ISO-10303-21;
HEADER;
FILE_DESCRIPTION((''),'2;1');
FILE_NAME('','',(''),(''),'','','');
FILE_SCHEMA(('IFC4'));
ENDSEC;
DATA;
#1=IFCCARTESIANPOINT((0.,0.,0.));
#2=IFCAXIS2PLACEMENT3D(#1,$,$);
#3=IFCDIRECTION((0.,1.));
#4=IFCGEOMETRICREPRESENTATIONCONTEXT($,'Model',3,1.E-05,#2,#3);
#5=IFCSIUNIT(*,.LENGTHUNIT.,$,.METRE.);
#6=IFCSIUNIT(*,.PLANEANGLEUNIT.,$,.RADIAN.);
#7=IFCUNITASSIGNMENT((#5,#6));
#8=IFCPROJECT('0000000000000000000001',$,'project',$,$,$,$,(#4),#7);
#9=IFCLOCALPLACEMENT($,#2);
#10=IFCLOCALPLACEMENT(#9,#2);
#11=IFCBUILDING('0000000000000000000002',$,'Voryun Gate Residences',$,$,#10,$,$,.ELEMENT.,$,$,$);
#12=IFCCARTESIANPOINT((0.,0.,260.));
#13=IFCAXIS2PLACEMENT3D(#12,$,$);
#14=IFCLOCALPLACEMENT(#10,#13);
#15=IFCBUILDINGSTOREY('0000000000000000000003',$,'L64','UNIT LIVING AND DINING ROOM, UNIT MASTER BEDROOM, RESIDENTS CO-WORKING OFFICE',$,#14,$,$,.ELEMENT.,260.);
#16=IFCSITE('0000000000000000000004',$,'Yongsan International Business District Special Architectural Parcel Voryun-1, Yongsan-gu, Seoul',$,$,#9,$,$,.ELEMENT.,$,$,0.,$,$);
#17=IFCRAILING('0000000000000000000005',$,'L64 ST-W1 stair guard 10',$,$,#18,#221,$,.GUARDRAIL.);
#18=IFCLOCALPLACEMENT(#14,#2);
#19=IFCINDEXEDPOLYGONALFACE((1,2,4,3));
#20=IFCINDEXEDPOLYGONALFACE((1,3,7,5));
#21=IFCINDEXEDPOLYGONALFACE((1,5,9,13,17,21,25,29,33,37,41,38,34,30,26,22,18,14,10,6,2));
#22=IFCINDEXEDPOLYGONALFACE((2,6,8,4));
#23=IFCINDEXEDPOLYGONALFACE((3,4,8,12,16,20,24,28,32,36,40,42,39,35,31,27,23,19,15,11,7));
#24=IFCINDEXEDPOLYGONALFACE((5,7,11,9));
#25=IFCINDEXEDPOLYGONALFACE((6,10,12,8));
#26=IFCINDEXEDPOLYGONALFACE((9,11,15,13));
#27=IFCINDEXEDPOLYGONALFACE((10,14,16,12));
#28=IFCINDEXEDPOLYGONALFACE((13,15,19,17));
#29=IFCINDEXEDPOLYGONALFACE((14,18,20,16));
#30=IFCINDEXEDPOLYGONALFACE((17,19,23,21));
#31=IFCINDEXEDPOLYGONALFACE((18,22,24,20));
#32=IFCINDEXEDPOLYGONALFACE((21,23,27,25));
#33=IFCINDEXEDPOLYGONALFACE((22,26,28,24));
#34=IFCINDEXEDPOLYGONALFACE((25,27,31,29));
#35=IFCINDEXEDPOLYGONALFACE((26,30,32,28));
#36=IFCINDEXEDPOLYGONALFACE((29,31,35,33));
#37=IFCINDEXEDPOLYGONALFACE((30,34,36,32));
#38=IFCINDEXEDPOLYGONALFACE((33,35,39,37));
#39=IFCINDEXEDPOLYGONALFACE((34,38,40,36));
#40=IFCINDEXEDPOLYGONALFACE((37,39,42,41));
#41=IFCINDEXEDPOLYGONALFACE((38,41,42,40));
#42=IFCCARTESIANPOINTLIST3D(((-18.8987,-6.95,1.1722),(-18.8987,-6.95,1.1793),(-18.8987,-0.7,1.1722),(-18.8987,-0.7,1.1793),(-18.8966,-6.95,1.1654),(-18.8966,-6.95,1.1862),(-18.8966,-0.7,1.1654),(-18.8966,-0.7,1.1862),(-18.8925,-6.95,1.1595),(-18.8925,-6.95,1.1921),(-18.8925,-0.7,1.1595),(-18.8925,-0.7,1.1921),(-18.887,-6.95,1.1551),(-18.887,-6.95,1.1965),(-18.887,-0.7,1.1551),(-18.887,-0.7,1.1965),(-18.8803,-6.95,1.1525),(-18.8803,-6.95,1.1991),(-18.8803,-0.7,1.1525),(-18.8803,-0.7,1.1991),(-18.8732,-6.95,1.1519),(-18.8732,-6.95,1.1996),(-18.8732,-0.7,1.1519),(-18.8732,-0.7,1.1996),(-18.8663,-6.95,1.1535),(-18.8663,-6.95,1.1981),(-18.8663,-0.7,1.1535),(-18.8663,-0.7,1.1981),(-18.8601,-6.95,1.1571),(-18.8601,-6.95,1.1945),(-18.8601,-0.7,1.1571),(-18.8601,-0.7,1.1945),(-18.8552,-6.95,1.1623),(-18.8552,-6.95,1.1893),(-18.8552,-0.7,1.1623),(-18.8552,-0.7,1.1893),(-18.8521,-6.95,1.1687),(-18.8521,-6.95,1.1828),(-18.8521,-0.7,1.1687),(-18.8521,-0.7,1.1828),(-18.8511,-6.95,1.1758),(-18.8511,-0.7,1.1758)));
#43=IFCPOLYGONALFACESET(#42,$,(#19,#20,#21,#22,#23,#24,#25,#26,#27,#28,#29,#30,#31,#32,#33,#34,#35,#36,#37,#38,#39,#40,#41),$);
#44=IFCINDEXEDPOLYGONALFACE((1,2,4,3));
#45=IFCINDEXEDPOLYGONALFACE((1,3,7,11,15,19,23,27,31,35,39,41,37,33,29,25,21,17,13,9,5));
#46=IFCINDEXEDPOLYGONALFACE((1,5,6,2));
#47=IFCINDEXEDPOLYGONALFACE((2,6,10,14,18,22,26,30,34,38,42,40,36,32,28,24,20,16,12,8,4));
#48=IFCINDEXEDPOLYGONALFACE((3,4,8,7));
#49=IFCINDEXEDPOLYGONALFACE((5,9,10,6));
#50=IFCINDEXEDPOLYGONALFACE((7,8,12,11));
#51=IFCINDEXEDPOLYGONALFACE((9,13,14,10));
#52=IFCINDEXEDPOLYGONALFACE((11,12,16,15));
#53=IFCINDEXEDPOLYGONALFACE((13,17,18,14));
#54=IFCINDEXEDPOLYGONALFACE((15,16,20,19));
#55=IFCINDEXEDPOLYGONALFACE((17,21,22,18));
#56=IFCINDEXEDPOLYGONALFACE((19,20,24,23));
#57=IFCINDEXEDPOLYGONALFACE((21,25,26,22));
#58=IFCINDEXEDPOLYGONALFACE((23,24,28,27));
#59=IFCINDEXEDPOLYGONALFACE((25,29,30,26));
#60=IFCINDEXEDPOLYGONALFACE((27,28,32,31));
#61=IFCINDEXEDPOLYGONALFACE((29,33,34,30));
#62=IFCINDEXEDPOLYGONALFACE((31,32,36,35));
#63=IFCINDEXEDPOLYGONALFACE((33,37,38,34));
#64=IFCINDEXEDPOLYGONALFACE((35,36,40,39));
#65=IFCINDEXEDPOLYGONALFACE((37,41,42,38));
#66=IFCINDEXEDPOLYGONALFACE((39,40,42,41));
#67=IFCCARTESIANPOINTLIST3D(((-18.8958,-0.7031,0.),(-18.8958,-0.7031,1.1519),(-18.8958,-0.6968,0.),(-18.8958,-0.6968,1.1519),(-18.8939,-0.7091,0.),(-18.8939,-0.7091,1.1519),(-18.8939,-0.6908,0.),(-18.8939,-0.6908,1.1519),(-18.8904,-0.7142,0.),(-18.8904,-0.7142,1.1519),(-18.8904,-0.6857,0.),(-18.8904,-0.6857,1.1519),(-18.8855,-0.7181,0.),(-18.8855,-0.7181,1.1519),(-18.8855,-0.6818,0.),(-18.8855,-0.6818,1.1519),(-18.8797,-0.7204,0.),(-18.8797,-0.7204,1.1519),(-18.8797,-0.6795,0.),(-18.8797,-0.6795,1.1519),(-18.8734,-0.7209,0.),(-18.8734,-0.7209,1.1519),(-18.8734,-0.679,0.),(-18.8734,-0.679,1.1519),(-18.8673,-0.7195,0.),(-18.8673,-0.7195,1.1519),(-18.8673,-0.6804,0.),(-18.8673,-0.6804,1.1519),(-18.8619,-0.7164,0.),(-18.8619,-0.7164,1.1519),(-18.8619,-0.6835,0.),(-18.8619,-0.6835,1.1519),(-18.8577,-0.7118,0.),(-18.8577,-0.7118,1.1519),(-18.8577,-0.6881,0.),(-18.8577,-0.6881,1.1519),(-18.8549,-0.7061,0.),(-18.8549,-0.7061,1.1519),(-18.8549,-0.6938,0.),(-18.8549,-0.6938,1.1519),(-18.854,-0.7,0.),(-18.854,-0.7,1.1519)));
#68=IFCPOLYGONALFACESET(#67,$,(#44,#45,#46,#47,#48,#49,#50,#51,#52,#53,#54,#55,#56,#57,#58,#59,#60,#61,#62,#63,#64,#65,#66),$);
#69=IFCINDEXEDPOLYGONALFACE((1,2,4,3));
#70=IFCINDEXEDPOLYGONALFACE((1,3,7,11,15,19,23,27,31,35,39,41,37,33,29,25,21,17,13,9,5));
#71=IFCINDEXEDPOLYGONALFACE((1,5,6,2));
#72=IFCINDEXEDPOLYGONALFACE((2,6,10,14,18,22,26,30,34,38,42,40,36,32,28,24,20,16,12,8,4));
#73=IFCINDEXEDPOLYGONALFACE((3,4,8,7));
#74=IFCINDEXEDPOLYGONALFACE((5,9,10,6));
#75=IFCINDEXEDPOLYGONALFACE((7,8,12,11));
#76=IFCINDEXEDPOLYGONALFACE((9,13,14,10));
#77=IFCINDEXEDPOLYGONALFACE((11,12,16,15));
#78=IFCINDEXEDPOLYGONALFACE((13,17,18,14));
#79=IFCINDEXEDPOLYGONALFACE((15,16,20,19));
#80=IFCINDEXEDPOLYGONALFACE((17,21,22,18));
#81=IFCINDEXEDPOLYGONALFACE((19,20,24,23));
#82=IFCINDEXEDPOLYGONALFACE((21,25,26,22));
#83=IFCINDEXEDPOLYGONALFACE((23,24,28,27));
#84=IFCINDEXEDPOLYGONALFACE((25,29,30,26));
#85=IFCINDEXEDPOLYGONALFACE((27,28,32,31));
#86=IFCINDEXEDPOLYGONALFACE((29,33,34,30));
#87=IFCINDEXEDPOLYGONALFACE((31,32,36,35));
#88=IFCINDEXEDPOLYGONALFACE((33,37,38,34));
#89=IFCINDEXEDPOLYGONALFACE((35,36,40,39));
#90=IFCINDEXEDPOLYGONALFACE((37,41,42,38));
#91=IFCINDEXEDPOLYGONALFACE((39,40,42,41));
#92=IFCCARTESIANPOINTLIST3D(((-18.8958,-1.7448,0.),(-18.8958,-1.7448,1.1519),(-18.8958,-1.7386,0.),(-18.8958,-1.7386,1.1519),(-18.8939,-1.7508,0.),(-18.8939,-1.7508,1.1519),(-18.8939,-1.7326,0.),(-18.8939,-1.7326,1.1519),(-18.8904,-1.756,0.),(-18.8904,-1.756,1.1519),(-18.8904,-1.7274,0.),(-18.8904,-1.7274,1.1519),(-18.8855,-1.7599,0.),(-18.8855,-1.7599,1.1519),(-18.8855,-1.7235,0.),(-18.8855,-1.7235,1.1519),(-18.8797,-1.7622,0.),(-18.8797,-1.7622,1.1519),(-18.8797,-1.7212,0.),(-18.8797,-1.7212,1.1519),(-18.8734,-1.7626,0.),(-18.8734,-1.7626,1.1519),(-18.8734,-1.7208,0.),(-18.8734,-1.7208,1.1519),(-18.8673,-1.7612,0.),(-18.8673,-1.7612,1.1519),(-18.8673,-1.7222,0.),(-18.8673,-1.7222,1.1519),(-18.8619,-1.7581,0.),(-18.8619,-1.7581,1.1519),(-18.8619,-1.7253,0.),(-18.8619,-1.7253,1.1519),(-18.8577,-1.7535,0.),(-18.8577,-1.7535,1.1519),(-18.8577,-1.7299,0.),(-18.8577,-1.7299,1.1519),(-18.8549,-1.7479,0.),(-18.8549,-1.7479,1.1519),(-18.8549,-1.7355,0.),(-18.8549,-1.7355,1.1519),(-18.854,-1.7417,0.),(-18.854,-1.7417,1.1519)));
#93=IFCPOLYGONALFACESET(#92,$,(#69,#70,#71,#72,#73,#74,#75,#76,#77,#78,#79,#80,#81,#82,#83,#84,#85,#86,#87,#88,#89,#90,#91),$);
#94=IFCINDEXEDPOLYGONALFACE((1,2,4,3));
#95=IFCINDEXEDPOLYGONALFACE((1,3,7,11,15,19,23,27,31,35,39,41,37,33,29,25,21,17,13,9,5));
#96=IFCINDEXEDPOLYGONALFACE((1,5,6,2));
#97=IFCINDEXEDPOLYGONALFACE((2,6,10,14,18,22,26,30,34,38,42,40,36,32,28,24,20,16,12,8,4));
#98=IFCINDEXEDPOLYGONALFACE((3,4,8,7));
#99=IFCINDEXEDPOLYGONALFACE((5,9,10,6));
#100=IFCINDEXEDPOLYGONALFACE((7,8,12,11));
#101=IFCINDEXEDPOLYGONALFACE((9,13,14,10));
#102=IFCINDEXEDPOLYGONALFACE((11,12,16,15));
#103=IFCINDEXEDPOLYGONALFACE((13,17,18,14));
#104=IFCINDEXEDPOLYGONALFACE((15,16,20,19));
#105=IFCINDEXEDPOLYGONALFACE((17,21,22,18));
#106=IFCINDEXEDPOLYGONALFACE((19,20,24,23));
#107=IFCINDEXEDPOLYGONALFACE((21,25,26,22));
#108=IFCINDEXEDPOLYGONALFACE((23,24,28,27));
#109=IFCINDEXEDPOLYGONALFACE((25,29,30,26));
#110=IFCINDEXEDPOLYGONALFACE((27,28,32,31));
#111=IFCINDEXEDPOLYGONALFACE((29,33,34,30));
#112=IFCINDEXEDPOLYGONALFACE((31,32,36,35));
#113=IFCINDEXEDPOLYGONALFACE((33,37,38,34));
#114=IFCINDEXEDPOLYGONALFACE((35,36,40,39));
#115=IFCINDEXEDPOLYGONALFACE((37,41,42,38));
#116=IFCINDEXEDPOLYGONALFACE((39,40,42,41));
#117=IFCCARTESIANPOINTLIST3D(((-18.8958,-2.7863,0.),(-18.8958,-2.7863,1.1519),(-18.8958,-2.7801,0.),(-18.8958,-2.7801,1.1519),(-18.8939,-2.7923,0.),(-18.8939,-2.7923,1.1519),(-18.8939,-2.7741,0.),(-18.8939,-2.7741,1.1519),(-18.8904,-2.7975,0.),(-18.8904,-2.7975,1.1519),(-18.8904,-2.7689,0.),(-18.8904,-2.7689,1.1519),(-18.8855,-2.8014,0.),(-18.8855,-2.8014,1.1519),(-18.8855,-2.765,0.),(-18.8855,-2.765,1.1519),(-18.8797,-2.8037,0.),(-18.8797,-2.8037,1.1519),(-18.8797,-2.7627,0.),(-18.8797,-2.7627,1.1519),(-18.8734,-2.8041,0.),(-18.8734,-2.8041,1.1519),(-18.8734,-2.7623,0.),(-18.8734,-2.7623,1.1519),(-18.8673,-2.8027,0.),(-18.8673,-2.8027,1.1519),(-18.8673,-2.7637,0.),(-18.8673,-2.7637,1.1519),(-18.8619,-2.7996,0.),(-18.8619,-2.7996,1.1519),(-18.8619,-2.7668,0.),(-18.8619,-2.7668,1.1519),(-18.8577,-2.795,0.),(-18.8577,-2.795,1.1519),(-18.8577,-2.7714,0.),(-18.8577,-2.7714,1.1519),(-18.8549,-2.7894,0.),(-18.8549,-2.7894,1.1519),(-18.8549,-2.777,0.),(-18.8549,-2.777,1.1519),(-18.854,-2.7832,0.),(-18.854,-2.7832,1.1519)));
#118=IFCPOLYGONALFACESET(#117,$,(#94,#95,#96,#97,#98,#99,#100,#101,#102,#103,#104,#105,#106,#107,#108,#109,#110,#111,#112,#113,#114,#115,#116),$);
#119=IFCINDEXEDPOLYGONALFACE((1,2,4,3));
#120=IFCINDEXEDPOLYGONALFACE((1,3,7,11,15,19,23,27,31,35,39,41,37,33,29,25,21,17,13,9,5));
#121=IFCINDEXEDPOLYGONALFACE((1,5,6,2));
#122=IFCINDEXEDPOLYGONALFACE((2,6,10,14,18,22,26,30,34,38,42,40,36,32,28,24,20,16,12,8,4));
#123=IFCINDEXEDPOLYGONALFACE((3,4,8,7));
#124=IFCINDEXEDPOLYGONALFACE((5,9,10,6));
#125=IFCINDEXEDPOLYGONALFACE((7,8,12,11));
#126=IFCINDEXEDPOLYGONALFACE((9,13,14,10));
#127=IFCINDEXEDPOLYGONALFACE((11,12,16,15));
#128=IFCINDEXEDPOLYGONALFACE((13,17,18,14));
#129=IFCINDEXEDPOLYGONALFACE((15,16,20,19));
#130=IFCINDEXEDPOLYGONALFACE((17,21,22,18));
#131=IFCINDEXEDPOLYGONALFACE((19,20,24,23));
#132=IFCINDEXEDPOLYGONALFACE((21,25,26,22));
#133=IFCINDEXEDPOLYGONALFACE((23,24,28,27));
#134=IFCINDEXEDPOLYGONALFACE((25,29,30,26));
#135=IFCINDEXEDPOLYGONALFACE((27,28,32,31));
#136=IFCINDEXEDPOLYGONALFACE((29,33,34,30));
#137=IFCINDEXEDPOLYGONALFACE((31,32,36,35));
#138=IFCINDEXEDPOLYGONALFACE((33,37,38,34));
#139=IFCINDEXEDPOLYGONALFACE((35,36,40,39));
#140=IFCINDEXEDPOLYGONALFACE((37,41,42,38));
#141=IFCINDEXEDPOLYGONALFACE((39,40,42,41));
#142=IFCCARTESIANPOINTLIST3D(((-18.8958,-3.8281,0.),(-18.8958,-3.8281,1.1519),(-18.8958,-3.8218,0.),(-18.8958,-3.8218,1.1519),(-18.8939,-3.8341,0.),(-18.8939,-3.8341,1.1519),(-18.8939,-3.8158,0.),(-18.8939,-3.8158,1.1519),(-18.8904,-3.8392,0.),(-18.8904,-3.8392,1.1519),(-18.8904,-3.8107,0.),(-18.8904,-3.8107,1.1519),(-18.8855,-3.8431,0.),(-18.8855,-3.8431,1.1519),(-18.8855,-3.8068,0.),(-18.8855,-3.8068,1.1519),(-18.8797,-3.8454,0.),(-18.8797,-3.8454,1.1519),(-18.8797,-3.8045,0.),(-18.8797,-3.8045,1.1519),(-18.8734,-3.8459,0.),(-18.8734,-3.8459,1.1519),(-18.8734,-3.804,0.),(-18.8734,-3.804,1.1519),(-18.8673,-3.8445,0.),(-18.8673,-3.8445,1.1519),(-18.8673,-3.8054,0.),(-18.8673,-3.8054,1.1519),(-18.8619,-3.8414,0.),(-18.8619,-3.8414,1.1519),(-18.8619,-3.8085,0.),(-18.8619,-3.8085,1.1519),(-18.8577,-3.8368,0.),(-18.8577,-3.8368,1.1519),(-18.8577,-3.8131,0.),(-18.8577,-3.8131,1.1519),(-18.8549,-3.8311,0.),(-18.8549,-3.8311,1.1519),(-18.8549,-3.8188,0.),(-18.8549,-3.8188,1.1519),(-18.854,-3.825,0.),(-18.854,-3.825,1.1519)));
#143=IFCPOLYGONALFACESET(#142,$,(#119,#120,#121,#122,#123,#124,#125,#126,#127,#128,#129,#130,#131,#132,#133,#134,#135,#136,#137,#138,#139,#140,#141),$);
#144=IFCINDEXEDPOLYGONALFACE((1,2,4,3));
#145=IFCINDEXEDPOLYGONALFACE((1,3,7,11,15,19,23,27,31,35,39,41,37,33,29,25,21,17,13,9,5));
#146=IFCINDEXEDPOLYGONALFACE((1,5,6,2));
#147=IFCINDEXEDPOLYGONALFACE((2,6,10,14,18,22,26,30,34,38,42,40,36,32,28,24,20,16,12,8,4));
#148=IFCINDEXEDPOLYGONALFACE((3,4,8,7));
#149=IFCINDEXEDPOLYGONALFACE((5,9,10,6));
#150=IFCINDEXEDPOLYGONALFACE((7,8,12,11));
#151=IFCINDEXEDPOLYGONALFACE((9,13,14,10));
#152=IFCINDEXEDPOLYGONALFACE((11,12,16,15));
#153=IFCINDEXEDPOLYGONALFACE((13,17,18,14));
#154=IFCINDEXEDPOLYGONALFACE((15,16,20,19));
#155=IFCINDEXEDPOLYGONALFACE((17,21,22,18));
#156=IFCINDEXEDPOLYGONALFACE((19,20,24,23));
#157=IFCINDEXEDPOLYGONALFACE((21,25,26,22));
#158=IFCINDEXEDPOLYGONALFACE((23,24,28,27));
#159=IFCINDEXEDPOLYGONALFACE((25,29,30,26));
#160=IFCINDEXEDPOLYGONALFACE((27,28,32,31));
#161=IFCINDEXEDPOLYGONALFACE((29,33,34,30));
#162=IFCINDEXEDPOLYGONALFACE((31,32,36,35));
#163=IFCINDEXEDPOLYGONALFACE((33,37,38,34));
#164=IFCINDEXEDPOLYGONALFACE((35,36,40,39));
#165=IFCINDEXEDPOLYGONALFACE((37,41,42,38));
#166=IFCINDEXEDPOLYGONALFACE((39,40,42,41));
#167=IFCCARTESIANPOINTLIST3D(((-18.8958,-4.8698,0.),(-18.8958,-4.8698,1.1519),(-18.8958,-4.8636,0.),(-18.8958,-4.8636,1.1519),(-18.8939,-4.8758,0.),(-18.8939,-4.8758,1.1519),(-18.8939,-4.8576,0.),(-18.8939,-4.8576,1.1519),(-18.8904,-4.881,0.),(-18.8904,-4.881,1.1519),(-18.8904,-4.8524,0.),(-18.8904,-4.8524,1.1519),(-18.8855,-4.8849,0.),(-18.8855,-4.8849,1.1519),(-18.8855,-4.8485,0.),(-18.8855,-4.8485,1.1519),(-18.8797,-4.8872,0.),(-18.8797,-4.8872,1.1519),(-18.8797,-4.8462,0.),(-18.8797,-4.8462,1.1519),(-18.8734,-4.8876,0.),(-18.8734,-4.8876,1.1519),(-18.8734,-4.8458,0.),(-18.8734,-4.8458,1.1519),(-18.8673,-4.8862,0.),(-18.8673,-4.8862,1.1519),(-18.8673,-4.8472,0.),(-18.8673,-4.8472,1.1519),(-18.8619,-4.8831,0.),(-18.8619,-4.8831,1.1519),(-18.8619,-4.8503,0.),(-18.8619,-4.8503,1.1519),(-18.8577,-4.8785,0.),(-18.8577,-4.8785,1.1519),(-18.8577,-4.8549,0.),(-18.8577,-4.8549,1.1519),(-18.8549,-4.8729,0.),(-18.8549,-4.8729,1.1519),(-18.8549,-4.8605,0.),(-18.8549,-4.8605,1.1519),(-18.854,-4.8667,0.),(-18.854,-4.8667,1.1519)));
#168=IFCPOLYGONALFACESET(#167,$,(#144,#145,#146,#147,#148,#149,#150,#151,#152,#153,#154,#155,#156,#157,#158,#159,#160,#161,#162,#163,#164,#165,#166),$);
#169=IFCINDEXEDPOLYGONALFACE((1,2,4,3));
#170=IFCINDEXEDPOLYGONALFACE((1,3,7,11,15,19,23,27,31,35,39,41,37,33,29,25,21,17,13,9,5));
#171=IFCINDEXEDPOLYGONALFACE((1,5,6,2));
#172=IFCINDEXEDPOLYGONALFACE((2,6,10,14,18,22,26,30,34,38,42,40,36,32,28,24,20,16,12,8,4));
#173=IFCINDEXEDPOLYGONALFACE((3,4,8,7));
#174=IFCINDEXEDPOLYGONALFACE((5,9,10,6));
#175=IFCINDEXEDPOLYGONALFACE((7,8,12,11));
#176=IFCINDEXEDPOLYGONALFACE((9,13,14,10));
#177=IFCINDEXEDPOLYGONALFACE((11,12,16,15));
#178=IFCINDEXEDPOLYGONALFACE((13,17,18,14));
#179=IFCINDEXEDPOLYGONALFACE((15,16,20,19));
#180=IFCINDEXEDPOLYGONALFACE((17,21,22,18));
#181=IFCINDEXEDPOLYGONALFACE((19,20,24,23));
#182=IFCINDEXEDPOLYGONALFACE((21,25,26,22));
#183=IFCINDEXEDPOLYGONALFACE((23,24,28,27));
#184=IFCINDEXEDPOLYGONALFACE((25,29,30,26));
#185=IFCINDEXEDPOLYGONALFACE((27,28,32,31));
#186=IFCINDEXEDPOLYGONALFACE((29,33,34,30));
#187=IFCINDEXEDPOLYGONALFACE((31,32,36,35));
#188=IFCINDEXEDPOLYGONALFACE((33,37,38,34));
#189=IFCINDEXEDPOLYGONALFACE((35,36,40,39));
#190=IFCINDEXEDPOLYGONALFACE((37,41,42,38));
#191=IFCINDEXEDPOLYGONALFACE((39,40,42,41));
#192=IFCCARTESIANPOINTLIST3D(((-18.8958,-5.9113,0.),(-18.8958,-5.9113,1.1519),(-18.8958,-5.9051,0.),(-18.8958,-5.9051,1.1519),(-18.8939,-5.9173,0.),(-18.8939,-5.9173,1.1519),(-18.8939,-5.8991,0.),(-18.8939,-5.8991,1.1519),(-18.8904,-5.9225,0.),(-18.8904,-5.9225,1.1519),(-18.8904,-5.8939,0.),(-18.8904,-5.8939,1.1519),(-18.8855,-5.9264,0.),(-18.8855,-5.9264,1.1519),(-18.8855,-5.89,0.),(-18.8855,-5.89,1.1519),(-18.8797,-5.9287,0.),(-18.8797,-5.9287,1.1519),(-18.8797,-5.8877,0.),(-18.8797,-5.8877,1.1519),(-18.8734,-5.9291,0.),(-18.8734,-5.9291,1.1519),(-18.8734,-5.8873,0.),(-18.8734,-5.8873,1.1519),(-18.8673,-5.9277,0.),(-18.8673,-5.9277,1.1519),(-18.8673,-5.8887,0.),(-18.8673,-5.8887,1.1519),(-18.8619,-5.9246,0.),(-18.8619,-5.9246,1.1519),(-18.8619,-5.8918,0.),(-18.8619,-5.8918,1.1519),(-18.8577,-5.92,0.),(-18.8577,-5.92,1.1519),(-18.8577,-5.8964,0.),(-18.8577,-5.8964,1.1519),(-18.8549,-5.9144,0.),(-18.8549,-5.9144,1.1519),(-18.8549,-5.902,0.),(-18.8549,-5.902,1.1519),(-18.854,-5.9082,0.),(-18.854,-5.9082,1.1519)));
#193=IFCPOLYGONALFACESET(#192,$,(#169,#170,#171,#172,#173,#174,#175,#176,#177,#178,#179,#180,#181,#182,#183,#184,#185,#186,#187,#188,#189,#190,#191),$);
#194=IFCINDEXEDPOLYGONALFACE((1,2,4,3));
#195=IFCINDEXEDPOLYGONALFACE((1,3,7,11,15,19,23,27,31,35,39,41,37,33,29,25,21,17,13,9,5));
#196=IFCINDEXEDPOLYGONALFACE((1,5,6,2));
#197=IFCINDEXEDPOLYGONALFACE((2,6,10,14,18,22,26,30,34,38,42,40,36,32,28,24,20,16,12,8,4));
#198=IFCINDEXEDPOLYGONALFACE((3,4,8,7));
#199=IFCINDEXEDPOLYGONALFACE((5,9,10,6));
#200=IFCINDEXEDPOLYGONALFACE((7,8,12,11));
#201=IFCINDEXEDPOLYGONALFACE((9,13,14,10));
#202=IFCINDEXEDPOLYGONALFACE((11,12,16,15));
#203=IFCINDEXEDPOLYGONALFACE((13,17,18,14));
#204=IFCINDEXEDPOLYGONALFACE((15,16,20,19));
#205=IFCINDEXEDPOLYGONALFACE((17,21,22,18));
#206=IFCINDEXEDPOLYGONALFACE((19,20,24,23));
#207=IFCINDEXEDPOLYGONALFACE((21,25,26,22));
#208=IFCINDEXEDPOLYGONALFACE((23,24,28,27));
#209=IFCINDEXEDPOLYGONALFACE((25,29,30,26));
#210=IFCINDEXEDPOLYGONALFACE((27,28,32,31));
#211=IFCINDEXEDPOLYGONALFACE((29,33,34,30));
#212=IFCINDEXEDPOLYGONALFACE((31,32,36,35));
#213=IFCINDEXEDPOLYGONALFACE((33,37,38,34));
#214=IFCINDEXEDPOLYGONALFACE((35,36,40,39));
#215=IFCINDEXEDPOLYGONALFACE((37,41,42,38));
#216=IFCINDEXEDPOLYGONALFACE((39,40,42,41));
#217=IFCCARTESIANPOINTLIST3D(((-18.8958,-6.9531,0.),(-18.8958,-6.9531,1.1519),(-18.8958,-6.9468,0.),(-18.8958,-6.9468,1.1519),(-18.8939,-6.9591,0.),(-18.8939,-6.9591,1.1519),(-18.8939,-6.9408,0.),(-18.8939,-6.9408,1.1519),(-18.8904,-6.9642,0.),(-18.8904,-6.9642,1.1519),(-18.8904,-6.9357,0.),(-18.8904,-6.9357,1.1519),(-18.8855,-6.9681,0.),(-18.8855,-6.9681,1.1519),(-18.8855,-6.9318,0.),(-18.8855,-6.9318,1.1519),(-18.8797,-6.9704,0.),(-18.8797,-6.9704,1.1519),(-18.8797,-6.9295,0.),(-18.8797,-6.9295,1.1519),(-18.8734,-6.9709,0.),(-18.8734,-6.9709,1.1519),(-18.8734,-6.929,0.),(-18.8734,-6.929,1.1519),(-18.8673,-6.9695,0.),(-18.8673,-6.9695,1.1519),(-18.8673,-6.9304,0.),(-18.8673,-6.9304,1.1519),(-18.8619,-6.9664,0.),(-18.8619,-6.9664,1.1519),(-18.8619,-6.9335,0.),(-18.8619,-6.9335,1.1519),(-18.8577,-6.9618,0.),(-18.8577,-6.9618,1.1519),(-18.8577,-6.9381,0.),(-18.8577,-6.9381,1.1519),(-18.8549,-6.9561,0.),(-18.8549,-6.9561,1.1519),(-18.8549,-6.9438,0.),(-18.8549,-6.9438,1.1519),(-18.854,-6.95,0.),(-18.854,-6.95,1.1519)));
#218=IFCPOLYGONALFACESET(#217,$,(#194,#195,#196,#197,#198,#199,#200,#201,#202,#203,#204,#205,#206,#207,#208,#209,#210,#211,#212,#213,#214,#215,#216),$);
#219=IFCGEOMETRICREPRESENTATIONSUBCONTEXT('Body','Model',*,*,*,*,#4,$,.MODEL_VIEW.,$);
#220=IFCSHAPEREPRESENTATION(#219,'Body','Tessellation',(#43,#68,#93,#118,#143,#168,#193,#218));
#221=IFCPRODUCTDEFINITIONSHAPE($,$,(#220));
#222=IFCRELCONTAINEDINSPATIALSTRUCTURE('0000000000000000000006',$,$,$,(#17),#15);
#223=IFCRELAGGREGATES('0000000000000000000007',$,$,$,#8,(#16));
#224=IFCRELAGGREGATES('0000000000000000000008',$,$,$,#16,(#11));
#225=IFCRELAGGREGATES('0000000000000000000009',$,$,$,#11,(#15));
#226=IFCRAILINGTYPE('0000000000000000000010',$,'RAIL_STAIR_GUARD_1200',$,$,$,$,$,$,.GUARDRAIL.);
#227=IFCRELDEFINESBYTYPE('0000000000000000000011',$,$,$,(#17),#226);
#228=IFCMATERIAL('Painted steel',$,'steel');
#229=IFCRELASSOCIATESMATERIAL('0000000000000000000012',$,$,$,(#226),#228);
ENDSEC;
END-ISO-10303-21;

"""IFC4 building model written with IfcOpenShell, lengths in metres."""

from ifc_helpers import new_model, si_unit, direction, frame, origin, origin_2d, place, context, subcontext, project, spatial, circle, extrude, material, type_object, element, save


model = new_model("IFC4")

# Units and contexts
model_context = context("Model", 3, precision=1e-05, world=origin(), true_north=direction((0.0, 1.0)))
body_context = subcontext(model_context, "Body", "Model", "MODEL_VIEW")
ifc_project = project(units=[si_unit("LENGTHUNIT", "METRE"), si_unit("PLANEANGLEUNIT", "RADIAN")], contexts=[model_context])

# Site, building, storey
site_placement = place(None, origin())
site = spatial("IfcSite", under=ifc_project, at=site_placement, Name="Yongsan International Business District Special Architectural Parcel Voryun-1, Yongsan-gu, Seoul", CompositionType="ELEMENT", RefElevation=0.0)
building_placement = place(site_placement, origin())
building = spatial("IfcBuilding", under=site, at=building_placement, Name="Voryun Gate Residences", CompositionType="ELEMENT")
storey_placement = place(building_placement, frame((0.0, 0.0, 260.0)))
storey = spatial("IfcBuildingStorey", under=building, at=storey_placement, Name="L64", Description="UNIT LIVING AND DINING ROOM, UNIT MASTER BEDROOM, RESIDENTS CO-WORKING OFFICE", CompositionType="ELEMENT", Elevation=260.0)

# Railing
ifc_material_1 = material(Name="Painted steel", Category="steel")
railing_type_1 = type_object("IfcRailingType", Name="RAIL_STAIR_GUARD_1200", PredefinedType="GUARDRAIL", material=ifc_material_1)
railing_1_placement = place(storey_placement, frame((-18.875, -0.7, 0.0)))
element("IfcRailing", 1, at=railing_1_placement, inside=storey, type_object=railing_type_1, Name="L64 ST-W1 stair guard 10", PredefinedType="GUARDRAIL", context=body_context, shape_type="SweptSolid", body=[
    extrude(circle(Radius=0.0239, at=origin_2d()), frame((0.0, 0.0, 1.1758), z_axis=(0.0, -1.0, 0.0), x_axis=(1.0, 0.0, 0.0)), (0.0, 0.0, 1.0), 6.25),
    extrude(circle(Radius=0.021, at=origin_2d()), origin(), (0.0, 0.0, 1.0), 1.1519),
    extrude(circle(Radius=0.021, at=origin_2d()), frame((0.0, -1.0417, 0.0)), (0.0, 0.0, 1.0), 1.1519),
    extrude(circle(Radius=0.021, at=origin_2d()), frame((0.0, -2.0833, 0.0)), (0.0, 0.0, 1.0), 1.1519),
    extrude(circle(Radius=0.021, at=origin_2d()), frame((0.0, -3.125, 0.0)), (0.0, 0.0, 1.0), 1.1519),
    extrude(circle(Radius=0.021, at=origin_2d()), frame((0.0, -4.1667, 0.0)), (0.0, 0.0, 1.0), 1.1519),
    extrude(circle(Radius=0.021, at=origin_2d()), frame((0.0, -5.2083, 0.0)), (0.0, 0.0, 1.0), 1.1519),
    extrude(circle(Radius=0.021, at=origin_2d()), frame((0.0, -6.25, 0.0)), (0.0, 0.0, 1.0), 1.1519),
])

save(model, "model.ifc")
